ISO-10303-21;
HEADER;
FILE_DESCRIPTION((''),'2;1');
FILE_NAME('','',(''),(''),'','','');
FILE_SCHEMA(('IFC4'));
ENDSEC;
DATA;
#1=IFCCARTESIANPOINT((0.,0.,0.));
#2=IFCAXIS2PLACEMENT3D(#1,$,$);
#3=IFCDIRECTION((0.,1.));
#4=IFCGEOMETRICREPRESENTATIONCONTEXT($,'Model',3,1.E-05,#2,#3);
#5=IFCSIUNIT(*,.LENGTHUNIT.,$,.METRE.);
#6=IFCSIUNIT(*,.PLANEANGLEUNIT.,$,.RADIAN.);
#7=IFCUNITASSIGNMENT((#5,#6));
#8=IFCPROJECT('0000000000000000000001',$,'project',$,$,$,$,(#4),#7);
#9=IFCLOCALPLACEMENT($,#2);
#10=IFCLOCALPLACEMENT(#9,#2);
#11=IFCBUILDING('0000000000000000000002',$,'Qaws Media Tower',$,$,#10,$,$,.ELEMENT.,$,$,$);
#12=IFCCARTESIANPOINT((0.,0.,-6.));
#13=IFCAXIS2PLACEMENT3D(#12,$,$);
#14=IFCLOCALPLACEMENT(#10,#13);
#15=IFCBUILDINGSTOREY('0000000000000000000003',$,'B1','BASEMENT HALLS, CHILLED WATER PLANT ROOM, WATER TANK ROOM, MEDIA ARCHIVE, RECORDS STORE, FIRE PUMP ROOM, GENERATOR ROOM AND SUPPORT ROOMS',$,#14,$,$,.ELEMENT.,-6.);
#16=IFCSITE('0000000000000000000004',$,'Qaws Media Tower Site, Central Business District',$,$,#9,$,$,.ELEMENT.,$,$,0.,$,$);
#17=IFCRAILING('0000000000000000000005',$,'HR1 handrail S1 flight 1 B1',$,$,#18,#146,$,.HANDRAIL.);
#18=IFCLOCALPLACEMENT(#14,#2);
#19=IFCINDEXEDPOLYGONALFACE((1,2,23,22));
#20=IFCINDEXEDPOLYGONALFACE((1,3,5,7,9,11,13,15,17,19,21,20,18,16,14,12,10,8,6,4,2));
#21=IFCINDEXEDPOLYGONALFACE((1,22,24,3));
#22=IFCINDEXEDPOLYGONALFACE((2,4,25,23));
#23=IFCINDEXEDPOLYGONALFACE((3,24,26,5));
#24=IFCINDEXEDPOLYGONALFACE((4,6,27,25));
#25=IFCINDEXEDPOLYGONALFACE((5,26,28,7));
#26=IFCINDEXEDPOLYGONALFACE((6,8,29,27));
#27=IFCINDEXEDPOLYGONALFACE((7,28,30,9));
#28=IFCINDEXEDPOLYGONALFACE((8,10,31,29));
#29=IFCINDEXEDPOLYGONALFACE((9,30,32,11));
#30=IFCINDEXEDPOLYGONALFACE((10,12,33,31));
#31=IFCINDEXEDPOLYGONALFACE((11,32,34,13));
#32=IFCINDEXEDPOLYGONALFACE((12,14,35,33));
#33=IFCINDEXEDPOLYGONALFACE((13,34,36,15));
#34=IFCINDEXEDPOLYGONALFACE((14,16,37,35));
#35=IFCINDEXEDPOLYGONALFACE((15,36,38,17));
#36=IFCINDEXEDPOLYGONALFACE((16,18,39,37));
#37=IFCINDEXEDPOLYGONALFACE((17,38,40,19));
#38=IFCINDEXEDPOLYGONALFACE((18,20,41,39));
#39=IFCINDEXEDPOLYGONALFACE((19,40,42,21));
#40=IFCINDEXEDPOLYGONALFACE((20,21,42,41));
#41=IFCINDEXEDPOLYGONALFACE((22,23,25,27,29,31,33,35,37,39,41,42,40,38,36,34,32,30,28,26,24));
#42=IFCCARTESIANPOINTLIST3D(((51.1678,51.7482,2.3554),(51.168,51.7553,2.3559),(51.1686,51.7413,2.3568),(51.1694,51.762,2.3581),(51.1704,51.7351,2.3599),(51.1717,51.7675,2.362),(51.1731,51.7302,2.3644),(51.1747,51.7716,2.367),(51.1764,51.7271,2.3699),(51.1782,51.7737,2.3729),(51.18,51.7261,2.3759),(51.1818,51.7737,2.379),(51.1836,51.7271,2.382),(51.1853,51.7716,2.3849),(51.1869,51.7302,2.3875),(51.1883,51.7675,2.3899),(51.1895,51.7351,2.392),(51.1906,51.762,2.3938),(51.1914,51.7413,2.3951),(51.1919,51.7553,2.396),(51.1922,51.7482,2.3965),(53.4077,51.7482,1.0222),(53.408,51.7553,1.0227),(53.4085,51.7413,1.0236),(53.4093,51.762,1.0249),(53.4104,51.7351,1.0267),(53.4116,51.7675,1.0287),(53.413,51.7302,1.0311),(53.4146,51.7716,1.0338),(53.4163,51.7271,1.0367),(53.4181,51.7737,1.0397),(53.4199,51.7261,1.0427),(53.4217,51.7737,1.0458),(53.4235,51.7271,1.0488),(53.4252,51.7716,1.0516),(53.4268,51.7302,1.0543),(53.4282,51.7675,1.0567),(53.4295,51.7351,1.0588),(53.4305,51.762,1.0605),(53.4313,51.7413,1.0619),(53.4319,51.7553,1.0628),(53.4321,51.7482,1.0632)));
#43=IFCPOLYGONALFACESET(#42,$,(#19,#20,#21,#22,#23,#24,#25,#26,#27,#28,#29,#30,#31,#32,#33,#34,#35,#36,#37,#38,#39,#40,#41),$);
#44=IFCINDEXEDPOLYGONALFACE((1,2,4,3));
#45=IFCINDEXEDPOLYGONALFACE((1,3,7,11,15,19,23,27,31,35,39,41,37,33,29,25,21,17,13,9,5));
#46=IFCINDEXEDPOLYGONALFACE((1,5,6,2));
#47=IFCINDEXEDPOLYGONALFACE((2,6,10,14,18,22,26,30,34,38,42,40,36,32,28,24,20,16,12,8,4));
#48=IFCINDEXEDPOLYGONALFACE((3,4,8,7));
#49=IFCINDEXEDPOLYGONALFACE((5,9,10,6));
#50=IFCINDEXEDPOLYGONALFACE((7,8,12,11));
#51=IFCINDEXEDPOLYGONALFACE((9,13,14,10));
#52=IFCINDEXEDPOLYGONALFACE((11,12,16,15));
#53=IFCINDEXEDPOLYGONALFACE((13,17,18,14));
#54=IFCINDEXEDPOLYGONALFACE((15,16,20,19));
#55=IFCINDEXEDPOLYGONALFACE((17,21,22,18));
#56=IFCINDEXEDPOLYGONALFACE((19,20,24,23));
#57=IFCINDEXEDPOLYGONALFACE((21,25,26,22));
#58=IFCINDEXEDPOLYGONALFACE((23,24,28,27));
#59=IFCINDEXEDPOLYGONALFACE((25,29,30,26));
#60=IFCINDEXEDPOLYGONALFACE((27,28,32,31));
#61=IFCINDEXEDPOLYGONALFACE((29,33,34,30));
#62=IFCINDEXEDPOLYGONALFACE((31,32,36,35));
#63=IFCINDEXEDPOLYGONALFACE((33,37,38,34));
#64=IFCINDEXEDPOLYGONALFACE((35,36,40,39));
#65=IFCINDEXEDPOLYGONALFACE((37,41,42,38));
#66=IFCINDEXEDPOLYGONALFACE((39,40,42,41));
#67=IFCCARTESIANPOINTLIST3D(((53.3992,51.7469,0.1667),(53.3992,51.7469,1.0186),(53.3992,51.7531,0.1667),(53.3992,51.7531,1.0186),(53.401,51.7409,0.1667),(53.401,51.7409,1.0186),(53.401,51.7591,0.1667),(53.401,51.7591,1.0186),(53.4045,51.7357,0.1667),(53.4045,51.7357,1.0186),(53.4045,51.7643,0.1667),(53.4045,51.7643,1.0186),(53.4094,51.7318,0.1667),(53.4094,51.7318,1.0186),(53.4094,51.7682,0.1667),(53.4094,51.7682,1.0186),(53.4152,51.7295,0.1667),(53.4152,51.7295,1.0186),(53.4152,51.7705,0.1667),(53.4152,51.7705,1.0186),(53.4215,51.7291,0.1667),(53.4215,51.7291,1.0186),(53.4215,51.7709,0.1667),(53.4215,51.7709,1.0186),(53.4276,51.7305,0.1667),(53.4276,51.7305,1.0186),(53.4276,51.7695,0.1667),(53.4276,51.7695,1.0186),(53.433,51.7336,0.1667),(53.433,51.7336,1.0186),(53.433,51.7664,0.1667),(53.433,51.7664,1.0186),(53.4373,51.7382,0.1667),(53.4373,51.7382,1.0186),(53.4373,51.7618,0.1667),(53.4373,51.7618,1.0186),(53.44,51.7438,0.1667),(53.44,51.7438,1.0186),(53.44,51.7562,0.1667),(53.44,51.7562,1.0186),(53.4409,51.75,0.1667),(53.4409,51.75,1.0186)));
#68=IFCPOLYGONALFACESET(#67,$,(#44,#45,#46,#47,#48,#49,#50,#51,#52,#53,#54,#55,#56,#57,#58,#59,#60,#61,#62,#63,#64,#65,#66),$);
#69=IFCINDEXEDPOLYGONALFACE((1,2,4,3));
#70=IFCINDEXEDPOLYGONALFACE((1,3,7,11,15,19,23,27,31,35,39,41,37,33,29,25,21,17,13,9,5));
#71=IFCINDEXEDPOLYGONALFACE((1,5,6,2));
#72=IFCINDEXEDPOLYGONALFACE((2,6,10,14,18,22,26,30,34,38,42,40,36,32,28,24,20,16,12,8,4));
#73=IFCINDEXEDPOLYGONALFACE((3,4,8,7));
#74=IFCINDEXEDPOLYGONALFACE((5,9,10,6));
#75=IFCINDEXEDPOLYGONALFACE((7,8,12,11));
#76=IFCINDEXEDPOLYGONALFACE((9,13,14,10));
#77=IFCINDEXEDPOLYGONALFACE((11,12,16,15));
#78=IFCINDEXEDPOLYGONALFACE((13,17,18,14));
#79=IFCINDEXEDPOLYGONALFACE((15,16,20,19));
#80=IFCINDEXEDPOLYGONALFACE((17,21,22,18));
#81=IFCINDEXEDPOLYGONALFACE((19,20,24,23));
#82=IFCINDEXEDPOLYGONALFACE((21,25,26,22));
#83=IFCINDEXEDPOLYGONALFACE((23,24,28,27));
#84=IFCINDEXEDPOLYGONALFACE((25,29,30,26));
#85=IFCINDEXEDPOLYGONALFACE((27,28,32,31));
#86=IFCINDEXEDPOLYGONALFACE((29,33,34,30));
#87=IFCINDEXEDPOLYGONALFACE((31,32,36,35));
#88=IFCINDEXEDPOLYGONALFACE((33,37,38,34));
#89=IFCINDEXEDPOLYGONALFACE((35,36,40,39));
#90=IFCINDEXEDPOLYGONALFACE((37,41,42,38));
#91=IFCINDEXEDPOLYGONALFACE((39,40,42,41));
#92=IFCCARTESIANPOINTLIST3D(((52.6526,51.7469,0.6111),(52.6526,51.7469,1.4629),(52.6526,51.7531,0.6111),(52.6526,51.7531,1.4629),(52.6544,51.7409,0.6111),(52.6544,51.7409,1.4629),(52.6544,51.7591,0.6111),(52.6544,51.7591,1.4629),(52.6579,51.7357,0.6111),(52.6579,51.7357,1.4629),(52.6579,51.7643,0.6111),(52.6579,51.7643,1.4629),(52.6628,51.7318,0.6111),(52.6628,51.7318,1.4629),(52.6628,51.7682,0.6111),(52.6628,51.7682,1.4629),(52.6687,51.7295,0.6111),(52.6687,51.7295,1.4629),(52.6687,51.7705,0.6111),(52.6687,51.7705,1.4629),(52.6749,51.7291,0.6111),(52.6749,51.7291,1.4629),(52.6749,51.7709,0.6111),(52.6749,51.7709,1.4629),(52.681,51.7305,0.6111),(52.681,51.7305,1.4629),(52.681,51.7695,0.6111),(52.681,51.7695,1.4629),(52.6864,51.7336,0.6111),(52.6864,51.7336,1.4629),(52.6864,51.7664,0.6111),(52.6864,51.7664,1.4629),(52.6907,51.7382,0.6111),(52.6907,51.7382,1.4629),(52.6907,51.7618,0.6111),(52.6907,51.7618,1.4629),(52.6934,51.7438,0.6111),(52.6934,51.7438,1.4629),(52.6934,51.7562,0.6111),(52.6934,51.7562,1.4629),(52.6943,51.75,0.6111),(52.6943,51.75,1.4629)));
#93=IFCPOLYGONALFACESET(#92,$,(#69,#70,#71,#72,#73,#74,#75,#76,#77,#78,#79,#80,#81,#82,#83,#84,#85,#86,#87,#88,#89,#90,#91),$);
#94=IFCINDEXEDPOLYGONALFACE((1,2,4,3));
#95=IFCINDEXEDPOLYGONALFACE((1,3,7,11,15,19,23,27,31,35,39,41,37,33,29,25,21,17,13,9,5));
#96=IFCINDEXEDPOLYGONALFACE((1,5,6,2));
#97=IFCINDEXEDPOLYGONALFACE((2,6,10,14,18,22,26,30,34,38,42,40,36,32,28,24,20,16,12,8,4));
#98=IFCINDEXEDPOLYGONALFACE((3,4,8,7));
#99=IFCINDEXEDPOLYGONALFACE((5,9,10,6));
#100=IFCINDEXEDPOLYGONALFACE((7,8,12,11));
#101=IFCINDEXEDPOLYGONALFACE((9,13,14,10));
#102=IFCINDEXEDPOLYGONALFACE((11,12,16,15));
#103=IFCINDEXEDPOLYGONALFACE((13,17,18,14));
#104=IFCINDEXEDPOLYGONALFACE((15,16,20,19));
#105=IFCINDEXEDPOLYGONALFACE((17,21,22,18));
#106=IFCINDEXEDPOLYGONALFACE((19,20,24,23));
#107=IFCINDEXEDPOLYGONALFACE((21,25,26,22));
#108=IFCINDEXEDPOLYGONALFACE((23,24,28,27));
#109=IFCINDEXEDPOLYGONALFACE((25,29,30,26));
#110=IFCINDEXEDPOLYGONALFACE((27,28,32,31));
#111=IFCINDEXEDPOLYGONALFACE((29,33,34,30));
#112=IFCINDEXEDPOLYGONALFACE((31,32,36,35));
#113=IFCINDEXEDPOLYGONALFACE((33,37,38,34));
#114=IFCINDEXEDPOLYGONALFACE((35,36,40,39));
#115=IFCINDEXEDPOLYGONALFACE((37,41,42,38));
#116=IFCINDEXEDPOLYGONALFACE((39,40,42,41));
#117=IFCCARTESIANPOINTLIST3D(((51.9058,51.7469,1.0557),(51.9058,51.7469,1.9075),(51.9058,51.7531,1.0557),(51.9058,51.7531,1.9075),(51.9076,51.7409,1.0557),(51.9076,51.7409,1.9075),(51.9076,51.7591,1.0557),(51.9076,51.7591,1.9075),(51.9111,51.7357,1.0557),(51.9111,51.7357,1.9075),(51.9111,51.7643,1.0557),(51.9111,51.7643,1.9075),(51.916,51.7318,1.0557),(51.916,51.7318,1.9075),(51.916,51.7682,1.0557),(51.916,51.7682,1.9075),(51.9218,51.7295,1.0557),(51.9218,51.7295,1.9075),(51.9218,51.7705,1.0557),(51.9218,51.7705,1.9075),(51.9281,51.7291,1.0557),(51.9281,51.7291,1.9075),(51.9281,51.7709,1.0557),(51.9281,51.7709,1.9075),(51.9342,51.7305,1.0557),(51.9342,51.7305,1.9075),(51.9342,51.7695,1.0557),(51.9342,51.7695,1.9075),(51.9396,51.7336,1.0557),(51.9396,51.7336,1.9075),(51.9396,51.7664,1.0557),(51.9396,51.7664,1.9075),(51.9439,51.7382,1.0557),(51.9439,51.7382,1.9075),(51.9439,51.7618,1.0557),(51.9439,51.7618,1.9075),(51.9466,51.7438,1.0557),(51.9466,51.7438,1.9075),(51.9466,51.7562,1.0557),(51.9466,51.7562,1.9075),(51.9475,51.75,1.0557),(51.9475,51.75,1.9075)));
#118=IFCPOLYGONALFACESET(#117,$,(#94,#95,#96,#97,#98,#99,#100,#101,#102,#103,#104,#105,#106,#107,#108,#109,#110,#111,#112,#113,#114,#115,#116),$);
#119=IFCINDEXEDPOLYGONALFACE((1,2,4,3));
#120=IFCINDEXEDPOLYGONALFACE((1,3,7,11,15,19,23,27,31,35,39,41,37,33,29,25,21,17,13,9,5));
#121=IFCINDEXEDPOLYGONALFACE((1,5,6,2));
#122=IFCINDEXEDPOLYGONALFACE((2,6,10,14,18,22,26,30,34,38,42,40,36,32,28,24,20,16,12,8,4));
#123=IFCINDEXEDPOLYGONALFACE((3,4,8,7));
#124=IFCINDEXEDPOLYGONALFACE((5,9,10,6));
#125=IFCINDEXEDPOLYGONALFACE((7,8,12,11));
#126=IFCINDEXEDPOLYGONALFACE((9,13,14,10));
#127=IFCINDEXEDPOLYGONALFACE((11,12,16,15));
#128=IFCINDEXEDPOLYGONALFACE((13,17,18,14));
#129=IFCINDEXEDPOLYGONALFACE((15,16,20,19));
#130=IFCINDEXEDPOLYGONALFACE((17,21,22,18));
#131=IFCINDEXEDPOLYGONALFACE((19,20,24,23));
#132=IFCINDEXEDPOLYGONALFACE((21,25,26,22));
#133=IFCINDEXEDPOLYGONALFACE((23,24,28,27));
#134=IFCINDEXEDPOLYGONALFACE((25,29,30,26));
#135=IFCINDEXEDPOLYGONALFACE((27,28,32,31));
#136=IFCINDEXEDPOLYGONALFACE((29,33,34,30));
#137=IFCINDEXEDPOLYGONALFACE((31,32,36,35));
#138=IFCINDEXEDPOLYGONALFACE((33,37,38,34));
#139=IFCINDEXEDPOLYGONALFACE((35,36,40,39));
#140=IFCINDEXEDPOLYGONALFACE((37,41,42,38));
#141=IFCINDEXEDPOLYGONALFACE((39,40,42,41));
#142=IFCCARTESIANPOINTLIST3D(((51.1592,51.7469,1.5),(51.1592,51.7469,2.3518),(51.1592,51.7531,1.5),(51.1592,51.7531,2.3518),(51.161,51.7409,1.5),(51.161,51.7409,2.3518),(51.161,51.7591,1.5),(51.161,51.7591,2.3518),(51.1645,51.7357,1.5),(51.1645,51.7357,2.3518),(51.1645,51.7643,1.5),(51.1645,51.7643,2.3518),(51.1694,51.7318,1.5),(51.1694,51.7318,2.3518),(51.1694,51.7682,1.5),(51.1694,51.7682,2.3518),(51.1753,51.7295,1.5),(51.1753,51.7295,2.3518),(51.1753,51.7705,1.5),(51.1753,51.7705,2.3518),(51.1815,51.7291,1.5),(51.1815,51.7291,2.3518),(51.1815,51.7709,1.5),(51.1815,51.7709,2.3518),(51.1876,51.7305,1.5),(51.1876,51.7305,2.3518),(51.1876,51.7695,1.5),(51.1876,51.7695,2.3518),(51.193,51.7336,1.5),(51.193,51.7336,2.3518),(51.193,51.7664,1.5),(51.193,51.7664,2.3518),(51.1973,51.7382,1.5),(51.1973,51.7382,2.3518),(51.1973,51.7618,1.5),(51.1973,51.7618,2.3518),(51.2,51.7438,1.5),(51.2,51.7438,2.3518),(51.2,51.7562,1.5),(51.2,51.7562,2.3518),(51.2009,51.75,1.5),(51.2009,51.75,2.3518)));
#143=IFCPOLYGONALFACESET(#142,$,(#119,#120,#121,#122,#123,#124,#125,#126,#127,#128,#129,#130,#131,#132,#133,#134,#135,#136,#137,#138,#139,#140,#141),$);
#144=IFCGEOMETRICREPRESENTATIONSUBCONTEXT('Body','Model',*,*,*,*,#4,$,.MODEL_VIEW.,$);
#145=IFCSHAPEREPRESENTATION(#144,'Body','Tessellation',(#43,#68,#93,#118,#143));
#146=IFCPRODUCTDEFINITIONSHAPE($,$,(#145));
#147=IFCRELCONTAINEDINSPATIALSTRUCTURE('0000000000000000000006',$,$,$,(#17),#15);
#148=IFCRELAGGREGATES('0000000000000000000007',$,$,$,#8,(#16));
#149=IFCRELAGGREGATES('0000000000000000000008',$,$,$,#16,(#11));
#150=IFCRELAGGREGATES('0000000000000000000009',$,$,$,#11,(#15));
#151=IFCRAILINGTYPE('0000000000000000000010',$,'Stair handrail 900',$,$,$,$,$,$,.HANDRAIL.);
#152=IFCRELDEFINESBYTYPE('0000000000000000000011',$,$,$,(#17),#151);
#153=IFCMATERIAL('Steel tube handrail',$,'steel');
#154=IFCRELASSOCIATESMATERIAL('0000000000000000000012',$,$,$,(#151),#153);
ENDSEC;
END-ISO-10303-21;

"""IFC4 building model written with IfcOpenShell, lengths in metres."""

from ifc_helpers import new_model, si_unit, direction, frame, origin, origin_2d, place, context, subcontext, project, spatial, circle, extrude, material, type_object, element, save


model = new_model("IFC4")

# Units and contexts
model_context = context("Model", 3, precision=1e-05, world=origin(), true_north=direction((0.0, 1.0)))
body_context = subcontext(model_context, "Body", "Model", "MODEL_VIEW")
ifc_project = project(units=[si_unit("LENGTHUNIT", "METRE"), si_unit("PLANEANGLEUNIT", "RADIAN")], contexts=[model_context])

# Site, building, storey
site_placement = place(None, origin())
site = spatial("IfcSite", under=ifc_project, at=site_placement, Name="Qaws Media Tower Site, Central Business District", CompositionType="ELEMENT", RefElevation=0.0)
building_placement = place(site_placement, origin())
building = spatial("IfcBuilding", under=site, at=building_placement, Name="Qaws Media Tower", CompositionType="ELEMENT")
storey_placement = place(building_placement, frame((0.0, 0.0, -6.0)))
storey = spatial("IfcBuildingStorey", under=building, at=storey_placement, Name="B1", Description="BASEMENT HALLS, CHILLED WATER PLANT ROOM, WATER TANK ROOM, MEDIA ARCHIVE, RECORDS STORE, FIRE PUMP ROOM, GENERATOR ROOM AND SUPPORT ROOMS", CompositionType="ELEMENT", Elevation=-6.0)

# Railing
ifc_material_1 = material(Name="Steel tube handrail", Category="steel")
railing_type = type_object("IfcRailingType", Name="Stair handrail 900", PredefinedType="HANDRAIL", material=ifc_material_1)
for number, where, name in (
    (1, (53.4199, 51.75, 0.1667), "HR1 handrail S1 flight 1 B1"),
):
    element("IfcRailing", number, at=place(storey_placement, frame(where)), inside=storey, type_object=railing_type, Name=name, PredefinedType="HANDRAIL", context=body_context, shape_type="SweptSolid", body=[
        extrude(circle(Radius=0.0239, at=origin_2d()), frame((0.0, 0.0, 0.876), z_axis=(-0.859306, 0.0, 0.511462), x_axis=(0.0, -1.0, 0.0)), (0.0, 0.0, 1.0), 2.6067),
        extrude(circle(Radius=0.021, at=origin_2d()), origin(), (0.0, 0.0, 1.0), 0.8518),
        extrude(circle(Radius=0.021, at=origin_2d()), frame((-0.7466, 0.0, 0.4443)), (0.0, 0.0, 1.0), 0.8518),
        extrude(circle(Radius=0.021, at=origin_2d()), frame((-1.4934, 0.0, 0.8889)), (0.0, 0.0, 1.0), 0.8518),
        extrude(circle(Radius=0.021, at=origin_2d()), frame((-2.24, 0.0, 1.3333)), (0.0, 0.0, 1.0), 0.8518),
    ])

save(model, "model.ifc")
